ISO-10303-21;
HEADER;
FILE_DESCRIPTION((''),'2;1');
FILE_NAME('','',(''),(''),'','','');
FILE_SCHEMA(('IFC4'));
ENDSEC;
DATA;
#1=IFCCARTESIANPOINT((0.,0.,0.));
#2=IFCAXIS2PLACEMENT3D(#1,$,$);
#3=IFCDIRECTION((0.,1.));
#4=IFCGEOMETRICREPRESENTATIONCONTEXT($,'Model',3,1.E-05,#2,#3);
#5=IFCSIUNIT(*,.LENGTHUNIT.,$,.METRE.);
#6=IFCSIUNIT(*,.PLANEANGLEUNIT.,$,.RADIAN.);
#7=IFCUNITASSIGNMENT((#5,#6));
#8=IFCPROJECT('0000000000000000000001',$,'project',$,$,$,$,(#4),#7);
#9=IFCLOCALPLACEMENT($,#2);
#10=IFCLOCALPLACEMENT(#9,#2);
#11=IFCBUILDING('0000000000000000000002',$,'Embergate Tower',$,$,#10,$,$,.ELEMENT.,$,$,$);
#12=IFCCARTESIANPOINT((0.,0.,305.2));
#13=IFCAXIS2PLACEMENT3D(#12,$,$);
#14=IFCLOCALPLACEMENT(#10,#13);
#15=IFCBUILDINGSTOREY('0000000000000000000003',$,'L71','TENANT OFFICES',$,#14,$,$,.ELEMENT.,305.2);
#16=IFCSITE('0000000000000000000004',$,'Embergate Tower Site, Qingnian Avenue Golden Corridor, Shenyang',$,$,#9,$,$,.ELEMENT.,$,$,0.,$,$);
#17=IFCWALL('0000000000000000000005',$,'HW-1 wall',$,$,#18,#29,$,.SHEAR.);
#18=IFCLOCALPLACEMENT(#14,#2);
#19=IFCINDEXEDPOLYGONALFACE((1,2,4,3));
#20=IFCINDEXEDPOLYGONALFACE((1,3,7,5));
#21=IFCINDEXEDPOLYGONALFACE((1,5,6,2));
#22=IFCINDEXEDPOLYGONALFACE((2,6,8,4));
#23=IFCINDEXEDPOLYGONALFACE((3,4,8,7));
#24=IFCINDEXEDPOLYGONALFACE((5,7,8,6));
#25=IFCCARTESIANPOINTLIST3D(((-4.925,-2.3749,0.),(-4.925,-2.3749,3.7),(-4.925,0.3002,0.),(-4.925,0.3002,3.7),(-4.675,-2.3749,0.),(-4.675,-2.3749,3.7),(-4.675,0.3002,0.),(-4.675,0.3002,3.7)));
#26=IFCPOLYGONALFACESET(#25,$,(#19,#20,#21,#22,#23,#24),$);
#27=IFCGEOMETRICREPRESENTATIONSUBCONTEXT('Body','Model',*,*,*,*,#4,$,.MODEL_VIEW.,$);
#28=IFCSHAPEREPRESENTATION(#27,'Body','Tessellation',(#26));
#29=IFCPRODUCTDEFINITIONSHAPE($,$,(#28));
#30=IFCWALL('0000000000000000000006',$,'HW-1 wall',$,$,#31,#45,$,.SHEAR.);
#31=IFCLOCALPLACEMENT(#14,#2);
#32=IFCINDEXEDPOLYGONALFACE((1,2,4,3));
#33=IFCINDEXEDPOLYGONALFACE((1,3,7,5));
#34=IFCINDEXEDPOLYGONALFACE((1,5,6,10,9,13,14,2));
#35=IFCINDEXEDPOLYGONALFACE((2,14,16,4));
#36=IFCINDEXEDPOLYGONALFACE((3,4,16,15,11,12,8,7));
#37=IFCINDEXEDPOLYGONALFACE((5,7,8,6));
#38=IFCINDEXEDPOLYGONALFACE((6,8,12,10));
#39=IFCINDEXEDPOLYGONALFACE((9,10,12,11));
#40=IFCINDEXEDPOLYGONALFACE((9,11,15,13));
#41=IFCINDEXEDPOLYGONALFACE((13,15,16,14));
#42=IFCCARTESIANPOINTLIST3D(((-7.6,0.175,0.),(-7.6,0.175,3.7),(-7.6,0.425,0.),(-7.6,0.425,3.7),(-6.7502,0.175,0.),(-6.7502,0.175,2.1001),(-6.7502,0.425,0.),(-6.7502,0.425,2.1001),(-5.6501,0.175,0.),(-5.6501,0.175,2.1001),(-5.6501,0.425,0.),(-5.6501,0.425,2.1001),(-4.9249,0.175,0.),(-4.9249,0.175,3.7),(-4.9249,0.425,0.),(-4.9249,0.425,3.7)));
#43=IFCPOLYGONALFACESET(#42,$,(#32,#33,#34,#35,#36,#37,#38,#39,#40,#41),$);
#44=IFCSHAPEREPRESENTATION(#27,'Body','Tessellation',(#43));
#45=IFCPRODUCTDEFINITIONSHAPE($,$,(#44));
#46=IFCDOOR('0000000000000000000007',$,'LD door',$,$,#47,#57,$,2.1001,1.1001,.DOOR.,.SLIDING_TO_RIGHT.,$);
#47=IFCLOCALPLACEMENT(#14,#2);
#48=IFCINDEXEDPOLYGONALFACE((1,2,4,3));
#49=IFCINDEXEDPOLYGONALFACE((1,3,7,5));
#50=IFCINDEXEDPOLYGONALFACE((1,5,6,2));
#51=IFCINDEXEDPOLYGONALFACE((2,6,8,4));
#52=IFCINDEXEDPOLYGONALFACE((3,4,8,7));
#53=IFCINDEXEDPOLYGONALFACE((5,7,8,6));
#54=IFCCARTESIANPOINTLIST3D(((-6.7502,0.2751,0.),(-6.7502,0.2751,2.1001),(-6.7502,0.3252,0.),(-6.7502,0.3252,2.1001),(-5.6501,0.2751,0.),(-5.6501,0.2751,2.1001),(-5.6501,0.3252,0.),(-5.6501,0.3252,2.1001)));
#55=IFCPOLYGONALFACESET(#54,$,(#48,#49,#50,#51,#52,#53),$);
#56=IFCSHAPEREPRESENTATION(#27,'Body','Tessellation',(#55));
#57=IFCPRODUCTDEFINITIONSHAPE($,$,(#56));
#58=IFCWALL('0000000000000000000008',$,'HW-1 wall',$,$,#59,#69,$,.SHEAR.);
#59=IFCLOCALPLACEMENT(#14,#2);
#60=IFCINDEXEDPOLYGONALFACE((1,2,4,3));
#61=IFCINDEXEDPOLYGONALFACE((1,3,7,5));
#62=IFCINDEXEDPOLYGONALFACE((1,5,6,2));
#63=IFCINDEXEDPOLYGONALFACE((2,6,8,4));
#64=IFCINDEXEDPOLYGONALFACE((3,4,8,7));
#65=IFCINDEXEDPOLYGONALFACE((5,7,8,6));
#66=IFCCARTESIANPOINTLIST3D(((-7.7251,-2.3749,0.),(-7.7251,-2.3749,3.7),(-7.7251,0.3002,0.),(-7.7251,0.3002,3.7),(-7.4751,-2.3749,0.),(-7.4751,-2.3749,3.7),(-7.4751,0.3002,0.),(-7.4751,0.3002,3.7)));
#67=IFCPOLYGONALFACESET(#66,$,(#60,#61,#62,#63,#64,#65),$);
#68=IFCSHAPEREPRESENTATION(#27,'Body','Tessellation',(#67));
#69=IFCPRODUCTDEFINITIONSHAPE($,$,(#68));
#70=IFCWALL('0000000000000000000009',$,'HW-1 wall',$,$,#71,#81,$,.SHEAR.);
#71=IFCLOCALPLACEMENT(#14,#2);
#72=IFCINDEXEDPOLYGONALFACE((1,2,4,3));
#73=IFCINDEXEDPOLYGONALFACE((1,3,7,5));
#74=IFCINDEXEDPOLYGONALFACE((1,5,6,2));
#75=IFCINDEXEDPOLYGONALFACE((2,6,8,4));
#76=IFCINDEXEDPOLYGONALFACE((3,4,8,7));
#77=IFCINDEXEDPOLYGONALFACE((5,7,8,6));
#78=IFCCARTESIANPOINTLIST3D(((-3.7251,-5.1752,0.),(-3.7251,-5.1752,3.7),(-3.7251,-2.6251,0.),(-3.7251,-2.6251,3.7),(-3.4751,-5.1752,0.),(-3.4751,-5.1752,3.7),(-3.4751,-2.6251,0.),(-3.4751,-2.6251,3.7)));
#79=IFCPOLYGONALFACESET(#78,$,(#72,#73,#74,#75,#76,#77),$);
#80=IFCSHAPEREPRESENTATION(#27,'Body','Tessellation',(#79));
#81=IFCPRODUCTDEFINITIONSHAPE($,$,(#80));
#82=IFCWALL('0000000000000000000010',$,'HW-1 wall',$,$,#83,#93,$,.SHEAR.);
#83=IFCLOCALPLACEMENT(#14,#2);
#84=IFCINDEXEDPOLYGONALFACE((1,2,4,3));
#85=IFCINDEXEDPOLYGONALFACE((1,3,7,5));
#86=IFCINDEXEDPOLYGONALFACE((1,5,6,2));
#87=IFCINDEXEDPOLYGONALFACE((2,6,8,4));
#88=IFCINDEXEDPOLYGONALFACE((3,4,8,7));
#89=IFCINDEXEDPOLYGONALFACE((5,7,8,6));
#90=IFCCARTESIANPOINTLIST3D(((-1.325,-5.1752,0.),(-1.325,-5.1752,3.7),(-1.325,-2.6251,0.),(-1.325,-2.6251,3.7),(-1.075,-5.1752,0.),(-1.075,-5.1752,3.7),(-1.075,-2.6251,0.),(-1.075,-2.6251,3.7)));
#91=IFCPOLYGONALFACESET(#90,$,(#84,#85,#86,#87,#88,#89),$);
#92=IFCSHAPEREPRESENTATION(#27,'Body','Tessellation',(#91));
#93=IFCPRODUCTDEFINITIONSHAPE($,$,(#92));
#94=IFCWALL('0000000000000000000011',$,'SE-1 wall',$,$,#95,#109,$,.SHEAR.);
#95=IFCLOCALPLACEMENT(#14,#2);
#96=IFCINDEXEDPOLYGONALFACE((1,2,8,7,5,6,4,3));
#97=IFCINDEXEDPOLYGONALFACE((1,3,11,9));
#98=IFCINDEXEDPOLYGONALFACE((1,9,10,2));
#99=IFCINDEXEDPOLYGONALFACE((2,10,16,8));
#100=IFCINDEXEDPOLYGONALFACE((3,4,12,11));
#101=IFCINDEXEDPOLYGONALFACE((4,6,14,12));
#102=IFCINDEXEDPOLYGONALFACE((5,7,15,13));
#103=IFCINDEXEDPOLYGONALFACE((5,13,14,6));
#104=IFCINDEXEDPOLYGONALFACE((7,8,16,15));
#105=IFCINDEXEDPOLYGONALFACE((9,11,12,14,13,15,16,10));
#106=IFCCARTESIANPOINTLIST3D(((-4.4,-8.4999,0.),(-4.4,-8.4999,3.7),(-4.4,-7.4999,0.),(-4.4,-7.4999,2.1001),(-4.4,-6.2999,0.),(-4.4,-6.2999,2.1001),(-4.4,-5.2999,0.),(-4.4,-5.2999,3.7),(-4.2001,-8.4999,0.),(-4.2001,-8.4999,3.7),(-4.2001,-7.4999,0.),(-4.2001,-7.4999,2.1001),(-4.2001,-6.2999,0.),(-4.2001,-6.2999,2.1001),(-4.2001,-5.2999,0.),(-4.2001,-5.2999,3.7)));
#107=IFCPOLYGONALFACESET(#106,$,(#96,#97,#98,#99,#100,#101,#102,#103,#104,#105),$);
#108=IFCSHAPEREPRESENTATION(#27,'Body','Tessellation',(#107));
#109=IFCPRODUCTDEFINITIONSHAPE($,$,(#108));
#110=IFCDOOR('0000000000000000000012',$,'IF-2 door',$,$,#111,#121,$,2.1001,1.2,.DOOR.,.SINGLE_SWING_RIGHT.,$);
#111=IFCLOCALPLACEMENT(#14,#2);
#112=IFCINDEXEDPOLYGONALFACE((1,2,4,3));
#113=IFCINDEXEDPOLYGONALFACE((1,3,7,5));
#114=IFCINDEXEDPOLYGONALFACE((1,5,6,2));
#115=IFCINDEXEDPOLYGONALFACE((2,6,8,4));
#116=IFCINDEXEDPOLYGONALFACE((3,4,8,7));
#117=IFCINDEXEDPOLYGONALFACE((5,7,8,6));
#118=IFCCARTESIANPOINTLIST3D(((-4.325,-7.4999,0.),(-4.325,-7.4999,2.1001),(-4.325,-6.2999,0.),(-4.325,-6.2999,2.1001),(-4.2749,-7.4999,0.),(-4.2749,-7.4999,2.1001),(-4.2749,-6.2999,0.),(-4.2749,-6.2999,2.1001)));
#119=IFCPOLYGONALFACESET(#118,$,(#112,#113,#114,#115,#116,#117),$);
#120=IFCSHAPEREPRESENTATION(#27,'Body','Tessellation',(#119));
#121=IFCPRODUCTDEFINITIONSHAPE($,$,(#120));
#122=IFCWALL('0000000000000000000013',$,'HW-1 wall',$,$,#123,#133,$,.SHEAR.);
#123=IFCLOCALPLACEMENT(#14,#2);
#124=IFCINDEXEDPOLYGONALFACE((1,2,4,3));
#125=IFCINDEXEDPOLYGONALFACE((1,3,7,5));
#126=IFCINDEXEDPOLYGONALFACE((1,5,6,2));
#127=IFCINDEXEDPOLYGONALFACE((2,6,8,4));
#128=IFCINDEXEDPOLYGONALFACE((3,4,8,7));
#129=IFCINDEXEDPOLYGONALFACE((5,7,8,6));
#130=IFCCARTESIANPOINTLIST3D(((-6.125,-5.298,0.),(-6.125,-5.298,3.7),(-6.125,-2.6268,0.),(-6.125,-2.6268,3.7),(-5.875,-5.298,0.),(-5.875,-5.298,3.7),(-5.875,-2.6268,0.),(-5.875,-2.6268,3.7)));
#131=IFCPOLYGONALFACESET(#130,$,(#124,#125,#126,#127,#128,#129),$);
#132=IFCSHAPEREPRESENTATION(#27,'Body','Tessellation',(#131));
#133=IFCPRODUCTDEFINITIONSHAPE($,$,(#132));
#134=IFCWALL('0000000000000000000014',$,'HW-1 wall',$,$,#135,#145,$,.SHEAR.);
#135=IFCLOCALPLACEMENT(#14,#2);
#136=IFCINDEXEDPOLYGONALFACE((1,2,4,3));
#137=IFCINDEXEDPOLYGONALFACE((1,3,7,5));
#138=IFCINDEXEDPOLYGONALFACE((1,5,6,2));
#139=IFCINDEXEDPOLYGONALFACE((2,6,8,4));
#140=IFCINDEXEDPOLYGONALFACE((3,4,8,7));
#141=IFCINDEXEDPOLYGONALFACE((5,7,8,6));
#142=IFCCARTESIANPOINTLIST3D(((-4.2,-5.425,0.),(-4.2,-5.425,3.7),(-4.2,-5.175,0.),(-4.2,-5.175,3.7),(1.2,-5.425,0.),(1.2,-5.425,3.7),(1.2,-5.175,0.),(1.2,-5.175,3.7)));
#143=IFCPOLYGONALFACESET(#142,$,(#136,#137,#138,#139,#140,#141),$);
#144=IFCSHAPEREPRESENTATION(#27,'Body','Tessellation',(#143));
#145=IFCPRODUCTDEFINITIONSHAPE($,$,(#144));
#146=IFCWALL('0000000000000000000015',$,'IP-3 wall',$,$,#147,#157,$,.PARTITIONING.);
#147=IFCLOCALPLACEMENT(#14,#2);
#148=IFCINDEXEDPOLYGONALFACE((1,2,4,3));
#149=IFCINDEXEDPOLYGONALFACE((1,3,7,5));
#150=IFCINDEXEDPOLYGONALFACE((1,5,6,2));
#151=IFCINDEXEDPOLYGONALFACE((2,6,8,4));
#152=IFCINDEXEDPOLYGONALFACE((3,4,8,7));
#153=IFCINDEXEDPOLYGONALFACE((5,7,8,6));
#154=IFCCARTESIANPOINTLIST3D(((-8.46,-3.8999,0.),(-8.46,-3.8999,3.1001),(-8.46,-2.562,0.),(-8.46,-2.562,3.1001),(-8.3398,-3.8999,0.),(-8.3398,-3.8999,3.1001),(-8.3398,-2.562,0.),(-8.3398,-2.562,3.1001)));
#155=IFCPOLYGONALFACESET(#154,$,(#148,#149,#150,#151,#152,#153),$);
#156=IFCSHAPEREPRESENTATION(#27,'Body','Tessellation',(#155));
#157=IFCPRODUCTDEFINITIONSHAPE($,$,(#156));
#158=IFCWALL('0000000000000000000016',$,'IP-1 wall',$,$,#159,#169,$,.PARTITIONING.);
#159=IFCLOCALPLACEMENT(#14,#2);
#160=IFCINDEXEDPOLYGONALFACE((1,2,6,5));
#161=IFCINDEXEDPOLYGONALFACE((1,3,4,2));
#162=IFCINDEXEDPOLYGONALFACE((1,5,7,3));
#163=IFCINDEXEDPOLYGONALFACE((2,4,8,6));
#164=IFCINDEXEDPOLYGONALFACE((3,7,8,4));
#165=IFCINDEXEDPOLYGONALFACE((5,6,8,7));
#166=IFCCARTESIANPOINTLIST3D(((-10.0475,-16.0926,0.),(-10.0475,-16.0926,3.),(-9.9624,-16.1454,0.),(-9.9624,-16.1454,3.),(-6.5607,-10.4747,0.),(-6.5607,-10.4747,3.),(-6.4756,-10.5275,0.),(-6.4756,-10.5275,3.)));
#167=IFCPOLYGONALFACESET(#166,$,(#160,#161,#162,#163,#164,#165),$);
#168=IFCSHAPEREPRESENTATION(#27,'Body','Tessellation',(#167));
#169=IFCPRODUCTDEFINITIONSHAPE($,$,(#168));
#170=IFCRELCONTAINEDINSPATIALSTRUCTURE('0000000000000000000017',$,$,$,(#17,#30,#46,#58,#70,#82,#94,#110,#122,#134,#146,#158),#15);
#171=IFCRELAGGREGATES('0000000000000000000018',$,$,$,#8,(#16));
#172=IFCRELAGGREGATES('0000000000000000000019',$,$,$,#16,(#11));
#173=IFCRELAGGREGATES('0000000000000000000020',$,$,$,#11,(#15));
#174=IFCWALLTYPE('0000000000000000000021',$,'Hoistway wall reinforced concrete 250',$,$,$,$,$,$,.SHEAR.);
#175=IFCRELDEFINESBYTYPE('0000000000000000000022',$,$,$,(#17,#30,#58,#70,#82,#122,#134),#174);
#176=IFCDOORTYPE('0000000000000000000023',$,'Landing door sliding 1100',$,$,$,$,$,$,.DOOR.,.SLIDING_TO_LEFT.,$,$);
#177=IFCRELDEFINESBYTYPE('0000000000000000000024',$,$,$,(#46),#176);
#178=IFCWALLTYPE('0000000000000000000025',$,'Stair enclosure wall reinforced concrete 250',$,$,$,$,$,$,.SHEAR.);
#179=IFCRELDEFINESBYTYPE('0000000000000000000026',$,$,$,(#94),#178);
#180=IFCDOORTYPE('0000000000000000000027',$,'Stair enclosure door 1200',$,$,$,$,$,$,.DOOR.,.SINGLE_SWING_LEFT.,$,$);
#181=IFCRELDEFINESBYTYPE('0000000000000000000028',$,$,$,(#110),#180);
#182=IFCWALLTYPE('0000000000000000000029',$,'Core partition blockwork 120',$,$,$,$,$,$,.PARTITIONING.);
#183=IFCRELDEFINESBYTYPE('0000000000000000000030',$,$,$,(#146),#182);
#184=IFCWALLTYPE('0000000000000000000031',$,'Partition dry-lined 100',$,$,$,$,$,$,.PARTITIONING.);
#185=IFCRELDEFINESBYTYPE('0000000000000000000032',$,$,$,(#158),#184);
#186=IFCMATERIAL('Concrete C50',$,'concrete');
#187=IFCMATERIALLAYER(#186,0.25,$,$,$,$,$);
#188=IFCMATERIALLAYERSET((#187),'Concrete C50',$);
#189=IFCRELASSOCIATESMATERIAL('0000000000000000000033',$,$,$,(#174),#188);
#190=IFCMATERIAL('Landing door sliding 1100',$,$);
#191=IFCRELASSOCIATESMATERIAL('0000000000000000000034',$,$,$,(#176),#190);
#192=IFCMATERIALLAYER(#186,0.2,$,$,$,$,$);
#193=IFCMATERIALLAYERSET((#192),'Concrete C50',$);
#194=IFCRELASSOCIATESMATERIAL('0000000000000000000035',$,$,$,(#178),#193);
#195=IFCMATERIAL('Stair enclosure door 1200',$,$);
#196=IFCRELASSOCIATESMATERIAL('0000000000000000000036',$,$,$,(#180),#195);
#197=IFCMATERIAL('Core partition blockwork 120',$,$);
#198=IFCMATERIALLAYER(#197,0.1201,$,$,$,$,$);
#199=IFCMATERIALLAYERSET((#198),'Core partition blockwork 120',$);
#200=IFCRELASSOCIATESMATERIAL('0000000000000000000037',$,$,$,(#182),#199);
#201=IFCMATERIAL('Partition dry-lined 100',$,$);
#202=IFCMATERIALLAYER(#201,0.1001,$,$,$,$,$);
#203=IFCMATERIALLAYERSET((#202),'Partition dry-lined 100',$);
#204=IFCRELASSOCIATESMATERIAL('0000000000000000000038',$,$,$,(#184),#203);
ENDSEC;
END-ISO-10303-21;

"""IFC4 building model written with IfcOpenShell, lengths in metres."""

from ifc_helpers import new_model, si_unit, direction, frame, frame_2d, origin, place, context, subcontext, project, spatial, rectangle, extrude, source, transform, mapped, material, layer, layer_set, type_object, element, fill, save


model = new_model("IFC4")

# Units and contexts
model_context = context("Model", 3, precision=1e-05, world=origin(), true_north=direction((0.0, 1.0)))
body_context = subcontext(model_context, "Body", "Model", "MODEL_VIEW")
ifc_project = project(units=[si_unit("LENGTHUNIT", "METRE"), si_unit("PLANEANGLEUNIT", "RADIAN")], contexts=[model_context])

# Site, building, storey
site_placement = place(None, origin())
site = spatial("IfcSite", under=ifc_project, at=site_placement, Name="Embergate Tower Site, Qingnian Avenue Golden Corridor, Shenyang", CompositionType="ELEMENT", RefElevation=0.0)
building_placement = place(site_placement, origin())
building = spatial("IfcBuilding", under=site, at=building_placement, Name="Embergate Tower", CompositionType="ELEMENT")
storey_placement = place(building_placement, frame((0.0, 0.0, 305.2)))
storey = spatial("IfcBuildingStorey", under=building, at=storey_placement, Name="L71", Description="TENANT OFFICES", CompositionType="ELEMENT", Elevation=305.2)

# Wall
ifc_material_1 = material(Name="Concrete C50", Category="concrete")
ifc_layer_1 = layer(ifc_material_1, 0.25)
ifc_layer_set_1 = layer_set([ifc_layer_1], Name="Concrete C50")
wall_type_1 = type_object("IfcWallType", Name="Hoistway wall reinforced concrete 250", PredefinedType="SHEAR", material=ifc_layer_set_1)
shared_shape_1 = source(origin(), body_context, "Body", "SweptSolid", [
    extrude(rectangle(XDim=2.675, YDim=0.25, at=frame_2d((1.3374, 0.0))), origin(), (0.0, 0.0, 1.0), 3.7),
])
wall_1_placement = place(storey_placement, frame((-4.8, 0.3, 0.0), z_axis=(0.0, 0.0, 1.0), x_axis=(0.0, -1.0, 0.0)))
element("IfcWall", 1, at=wall_1_placement, inside=storey, type_object=wall_type_1, Name="HW-1 wall", PredefinedType="SHEAR", context=body_context, shape_type="MappedRepresentation", body=[
    mapped(shared_shape_1, transform((0.0, 0.0, 0.0))),
])

# Wall, opening, door
wall_2_placement = place(storey_placement, frame((-4.925, 0.3, 0.0), z_axis=(0.0, 0.0, 1.0), x_axis=(-1.0, 0.0, 0.0)))
wall_2 = element("IfcWall", 2, at=wall_2_placement, inside=storey, type_object=wall_type_1, Name="HW-1 wall", PredefinedType="SHEAR", context=body_context, shape_type="MappedRepresentation", body=[
    mapped(shared_shape_1, transform((0.0, 0.0, 0.0))),
])
shared_shape_2 = source(origin(), body_context, "Body", "SweptSolid", [
    extrude(rectangle(XDim=1.1001, YDim=2.1001, at=frame_2d((0.55, 1.05))), frame((0.0, 0.135, 0.0), z_axis=(0.0, -1.0, 0.0), x_axis=(1.0, 0.0, 0.0)), (0.0, 0.0, 1.0), 0.27),
])
opening_1_placement = place(wall_2_placement, frame((0.7251, 0.0, 0.0)))
opening_1 = element("IfcOpeningElement", 3, at=opening_1_placement, cuts=wall_2, PredefinedType="OPENING", context=body_context, shape_type="MappedRepresentation", body=[
    mapped(shared_shape_2, transform((0.0, 0.0, 0.0))),
])
ifc_material_2 = material(Name="Landing door sliding 1100")
door_type_1 = type_object("IfcDoorType", Name="Landing door sliding 1100", OperationType="SLIDING_TO_LEFT", PredefinedType="DOOR", material=ifc_material_2)
shared_shape_3 = source(origin(), body_context, "Body", "SweptSolid", [
    extrude(rectangle(XDim=1.1001, YDim=2.1001, at=frame_2d((0.55, 1.05))), frame((0.0, 0.0249, 0.0), z_axis=(0.0, -1.0, 0.0), x_axis=(1.0, 0.0, 0.0)), (0.0, 0.0, 1.0), 0.05),
])
door_1_placement = place(opening_1_placement, origin())
door_1 = element("IfcDoor", 4, at=door_1_placement, inside=storey, type_object=door_type_1, Name="LD door", OperationType="SLIDING_TO_RIGHT", OverallHeight=2.1001, OverallWidth=1.1001, PredefinedType="DOOR", context=body_context, shape_type="MappedRepresentation", body=[
    mapped(shared_shape_3, transform((0.0, 0.0, 0.0))),
])
fill(opening_1, door_1)

# Walls
wall_3_placement = place(storey_placement, frame((-7.6001, 0.3, 0.0), z_axis=(0.0, 0.0, 1.0), x_axis=(0.0, -1.0, 0.0)))
element("IfcWall", 5, at=wall_3_placement, inside=storey, type_object=wall_type_1, Name="HW-1 wall", PredefinedType="SHEAR", context=body_context, shape_type="MappedRepresentation", body=[
    mapped(shared_shape_1, transform((0.0, 0.0, 0.0))),
])
shared_shape_4 = source(origin(), body_context, "Body", "SweptSolid", [
    extrude(rectangle(XDim=2.55, YDim=0.25, at=frame_2d((1.2749, 0.0))), origin(), (0.0, 0.0, 1.0), 3.7),
])
for number, where, z_axis, x_axis, name in (
    (6, (-3.6001, -5.175, 0.0), (0.0, 0.0, 1.0), (0.0, 1.0, 0.0), "HW-1 wall"),
    (7, (-1.2, -5.175, 0.0), (0.0, 0.0, 1.0), (0.0, 1.0, 0.0), "HW-1 wall"),
):
    element("IfcWall", number, at=place(storey_placement, frame(where, z_axis=z_axis, x_axis=x_axis)), inside=storey, type_object=wall_type_1, Name=name, PredefinedType="SHEAR", context=body_context, shape_type="MappedRepresentation", body=[
        mapped(shared_shape_4, transform((0.0, 0.0, 0.0))),
    ])

# Wall, opening, door
ifc_layer_2 = layer(ifc_material_1, 0.2)
ifc_layer_set_2 = layer_set([ifc_layer_2], Name="Concrete C50")
wall_type_2 = type_object("IfcWallType", Name="Stair enclosure wall reinforced concrete 250", PredefinedType="SHEAR", material=ifc_layer_set_2)
shared_shape_5 = source(origin(), body_context, "Body", "SweptSolid", [
    extrude(rectangle(XDim=3.2, YDim=0.2, at=frame_2d((1.6001, 0.0))), origin(), (0.0, 0.0, 1.0), 3.7),
])
wall_4_placement = place(storey_placement, frame((-4.3, -8.5, 0.0), z_axis=(0.0, 0.0, 1.0), x_axis=(0.0, 1.0, 0.0)))
wall_4 = element("IfcWall", 8, at=wall_4_placement, inside=storey, type_object=wall_type_2, Name="SE-1 wall", PredefinedType="SHEAR", context=body_context, shape_type="MappedRepresentation", body=[
    mapped(shared_shape_5, transform((0.0, 0.0, 0.0))),
])
shared_shape_6 = source(origin(), body_context, "Body", "SweptSolid", [
    extrude(rectangle(XDim=1.2, YDim=2.1001, at=frame_2d((0.6001, 1.05))), frame((0.0, 0.1099, 0.0), z_axis=(0.0, -1.0, 0.0), x_axis=(1.0, 0.0, 0.0)), (0.0, 0.0, 1.0), 0.22),
])
opening_2_placement = place(wall_4_placement, frame((1.0, 0.0, 0.0)))
opening_2 = element("IfcOpeningElement", 9, at=opening_2_placement, cuts=wall_4, PredefinedType="OPENING", context=body_context, shape_type="MappedRepresentation", body=[
    mapped(shared_shape_6, transform((0.0, 0.0, 0.0))),
])
ifc_material_3 = material(Name="Stair enclosure door 1200")
door_type_2 = type_object("IfcDoorType", Name="Stair enclosure door 1200", OperationType="SINGLE_SWING_LEFT", PredefinedType="DOOR", material=ifc_material_3)
shared_shape_7 = source(origin(), body_context, "Body", "SweptSolid", [
    extrude(rectangle(XDim=1.2, YDim=2.1001, at=frame_2d((0.6001, 1.05))), frame((0.0, 0.0249, 0.0), z_axis=(0.0, -1.0, 0.0), x_axis=(1.0, 0.0, 0.0)), (0.0, 0.0, 1.0), 0.05),
])
door_2_placement = place(opening_2_placement, origin())
door_2 = element("IfcDoor", 10, at=door_2_placement, inside=storey, type_object=door_type_2, Name="IF-2 door", OperationType="SINGLE_SWING_RIGHT", OverallHeight=2.1001, OverallWidth=1.2, PredefinedType="DOOR", context=body_context, shape_type="MappedRepresentation", body=[
    mapped(shared_shape_7, transform((0.0, 0.0, 0.0))),
])
fill(opening_2, door_2)

# Walls
shared_shape_8 = source(origin(), body_context, "Body", "SweptSolid", [
    extrude(rectangle(XDim=2.6711, YDim=0.25, at=frame_2d((1.3354, 0.0))), origin(), (0.0, 0.0, 1.0), 3.7),
])
wall_5_placement = place(storey_placement, frame((-6.0, -2.627, 0.0), z_axis=(0.0, 0.0, 1.0), x_axis=(0.0, -1.0, 0.0)))
element("IfcWall", 11, at=wall_5_placement, inside=storey, type_object=wall_type_1, Name="HW-1 wall", PredefinedType="SHEAR", context=body_context, shape_type="MappedRepresentation", body=[
    mapped(shared_shape_8, transform((0.0, 0.0, 0.0))),
])
shared_shape_9 = source(origin(), body_context, "Body", "SweptSolid", [
    extrude(rectangle(XDim=5.3999, YDim=0.25, at=frame_2d((2.7, 0.0))), origin(), (0.0, 0.0, 1.0), 3.7),
])
wall_6_placement = place(storey_placement, frame((-4.2, -5.3, 0.0), z_axis=(0.0, 0.0, 1.0), x_axis=(1.0, 0.0, 0.0)))
element("IfcWall", 12, at=wall_6_placement, inside=storey, type_object=wall_type_1, Name="HW-1 wall", PredefinedType="SHEAR", context=body_context, shape_type="MappedRepresentation", body=[
    mapped(shared_shape_9, transform((0.0, 0.0, 0.0))),
])
ifc_material_4 = material(Name="Core partition blockwork 120")
ifc_layer_3 = layer(ifc_material_4, 0.1201)
ifc_layer_set_3 = layer_set([ifc_layer_3], Name="Core partition blockwork 120")
wall_type_3 = type_object("IfcWallType", Name="Core partition blockwork 120", PredefinedType="PARTITIONING", material=ifc_layer_set_3)
shared_shape_10 = source(origin(), body_context, "Body", "SweptSolid", [
    extrude(rectangle(XDim=1.3379, YDim=0.1201, at=frame_2d((0.6689, 0.0))), origin(), (0.0, 0.0, 1.0), 3.1001),
])
wall_7_placement = place(storey_placement, frame((-8.3999, -3.8999, 0.0), z_axis=(0.0, 0.0, 1.0), x_axis=(0.0, 1.0, 0.0)))
element("IfcWall", 13, at=wall_7_placement, inside=storey, type_object=wall_type_3, Name="IP-3 wall", PredefinedType="PARTITIONING", context=body_context, shape_type="MappedRepresentation", body=[
    mapped(shared_shape_10, transform((0.0, 0.0, 0.0))),
])
ifc_material_5 = material(Name="Partition dry-lined 100")
ifc_layer_4 = layer(ifc_material_5, 0.1001)
ifc_layer_set_4 = layer_set([ifc_layer_4], Name="Partition dry-lined 100")
wall_type_4 = type_object("IfcWallType", Name="Partition dry-lined 100", PredefinedType="PARTITIONING", material=ifc_layer_set_4)
shared_shape_11 = source(origin(), body_context, "Body", "SweptSolid", [
    extrude(rectangle(XDim=6.6121, YDim=0.1001, at=frame_2d((3.3062, 0.0))), origin(), (0.0, 0.0, 1.0), 3.0),
])
wall_8_placement = place(storey_placement, frame((-6.5181, -10.501, 0.0), z_axis=(0.0, 0.0, 1.0), x_axis=(-0.527344, -0.849652, 0.0)))
element("IfcWall", 14, at=wall_8_placement, inside=storey, type_object=wall_type_4, Name="IP-1 wall", PredefinedType="PARTITIONING", context=body_context, shape_type="MappedRepresentation", body=[
    mapped(shared_shape_11, transform((0.0, 0.0, 0.0))),
])

save(model, "model.ifc")
